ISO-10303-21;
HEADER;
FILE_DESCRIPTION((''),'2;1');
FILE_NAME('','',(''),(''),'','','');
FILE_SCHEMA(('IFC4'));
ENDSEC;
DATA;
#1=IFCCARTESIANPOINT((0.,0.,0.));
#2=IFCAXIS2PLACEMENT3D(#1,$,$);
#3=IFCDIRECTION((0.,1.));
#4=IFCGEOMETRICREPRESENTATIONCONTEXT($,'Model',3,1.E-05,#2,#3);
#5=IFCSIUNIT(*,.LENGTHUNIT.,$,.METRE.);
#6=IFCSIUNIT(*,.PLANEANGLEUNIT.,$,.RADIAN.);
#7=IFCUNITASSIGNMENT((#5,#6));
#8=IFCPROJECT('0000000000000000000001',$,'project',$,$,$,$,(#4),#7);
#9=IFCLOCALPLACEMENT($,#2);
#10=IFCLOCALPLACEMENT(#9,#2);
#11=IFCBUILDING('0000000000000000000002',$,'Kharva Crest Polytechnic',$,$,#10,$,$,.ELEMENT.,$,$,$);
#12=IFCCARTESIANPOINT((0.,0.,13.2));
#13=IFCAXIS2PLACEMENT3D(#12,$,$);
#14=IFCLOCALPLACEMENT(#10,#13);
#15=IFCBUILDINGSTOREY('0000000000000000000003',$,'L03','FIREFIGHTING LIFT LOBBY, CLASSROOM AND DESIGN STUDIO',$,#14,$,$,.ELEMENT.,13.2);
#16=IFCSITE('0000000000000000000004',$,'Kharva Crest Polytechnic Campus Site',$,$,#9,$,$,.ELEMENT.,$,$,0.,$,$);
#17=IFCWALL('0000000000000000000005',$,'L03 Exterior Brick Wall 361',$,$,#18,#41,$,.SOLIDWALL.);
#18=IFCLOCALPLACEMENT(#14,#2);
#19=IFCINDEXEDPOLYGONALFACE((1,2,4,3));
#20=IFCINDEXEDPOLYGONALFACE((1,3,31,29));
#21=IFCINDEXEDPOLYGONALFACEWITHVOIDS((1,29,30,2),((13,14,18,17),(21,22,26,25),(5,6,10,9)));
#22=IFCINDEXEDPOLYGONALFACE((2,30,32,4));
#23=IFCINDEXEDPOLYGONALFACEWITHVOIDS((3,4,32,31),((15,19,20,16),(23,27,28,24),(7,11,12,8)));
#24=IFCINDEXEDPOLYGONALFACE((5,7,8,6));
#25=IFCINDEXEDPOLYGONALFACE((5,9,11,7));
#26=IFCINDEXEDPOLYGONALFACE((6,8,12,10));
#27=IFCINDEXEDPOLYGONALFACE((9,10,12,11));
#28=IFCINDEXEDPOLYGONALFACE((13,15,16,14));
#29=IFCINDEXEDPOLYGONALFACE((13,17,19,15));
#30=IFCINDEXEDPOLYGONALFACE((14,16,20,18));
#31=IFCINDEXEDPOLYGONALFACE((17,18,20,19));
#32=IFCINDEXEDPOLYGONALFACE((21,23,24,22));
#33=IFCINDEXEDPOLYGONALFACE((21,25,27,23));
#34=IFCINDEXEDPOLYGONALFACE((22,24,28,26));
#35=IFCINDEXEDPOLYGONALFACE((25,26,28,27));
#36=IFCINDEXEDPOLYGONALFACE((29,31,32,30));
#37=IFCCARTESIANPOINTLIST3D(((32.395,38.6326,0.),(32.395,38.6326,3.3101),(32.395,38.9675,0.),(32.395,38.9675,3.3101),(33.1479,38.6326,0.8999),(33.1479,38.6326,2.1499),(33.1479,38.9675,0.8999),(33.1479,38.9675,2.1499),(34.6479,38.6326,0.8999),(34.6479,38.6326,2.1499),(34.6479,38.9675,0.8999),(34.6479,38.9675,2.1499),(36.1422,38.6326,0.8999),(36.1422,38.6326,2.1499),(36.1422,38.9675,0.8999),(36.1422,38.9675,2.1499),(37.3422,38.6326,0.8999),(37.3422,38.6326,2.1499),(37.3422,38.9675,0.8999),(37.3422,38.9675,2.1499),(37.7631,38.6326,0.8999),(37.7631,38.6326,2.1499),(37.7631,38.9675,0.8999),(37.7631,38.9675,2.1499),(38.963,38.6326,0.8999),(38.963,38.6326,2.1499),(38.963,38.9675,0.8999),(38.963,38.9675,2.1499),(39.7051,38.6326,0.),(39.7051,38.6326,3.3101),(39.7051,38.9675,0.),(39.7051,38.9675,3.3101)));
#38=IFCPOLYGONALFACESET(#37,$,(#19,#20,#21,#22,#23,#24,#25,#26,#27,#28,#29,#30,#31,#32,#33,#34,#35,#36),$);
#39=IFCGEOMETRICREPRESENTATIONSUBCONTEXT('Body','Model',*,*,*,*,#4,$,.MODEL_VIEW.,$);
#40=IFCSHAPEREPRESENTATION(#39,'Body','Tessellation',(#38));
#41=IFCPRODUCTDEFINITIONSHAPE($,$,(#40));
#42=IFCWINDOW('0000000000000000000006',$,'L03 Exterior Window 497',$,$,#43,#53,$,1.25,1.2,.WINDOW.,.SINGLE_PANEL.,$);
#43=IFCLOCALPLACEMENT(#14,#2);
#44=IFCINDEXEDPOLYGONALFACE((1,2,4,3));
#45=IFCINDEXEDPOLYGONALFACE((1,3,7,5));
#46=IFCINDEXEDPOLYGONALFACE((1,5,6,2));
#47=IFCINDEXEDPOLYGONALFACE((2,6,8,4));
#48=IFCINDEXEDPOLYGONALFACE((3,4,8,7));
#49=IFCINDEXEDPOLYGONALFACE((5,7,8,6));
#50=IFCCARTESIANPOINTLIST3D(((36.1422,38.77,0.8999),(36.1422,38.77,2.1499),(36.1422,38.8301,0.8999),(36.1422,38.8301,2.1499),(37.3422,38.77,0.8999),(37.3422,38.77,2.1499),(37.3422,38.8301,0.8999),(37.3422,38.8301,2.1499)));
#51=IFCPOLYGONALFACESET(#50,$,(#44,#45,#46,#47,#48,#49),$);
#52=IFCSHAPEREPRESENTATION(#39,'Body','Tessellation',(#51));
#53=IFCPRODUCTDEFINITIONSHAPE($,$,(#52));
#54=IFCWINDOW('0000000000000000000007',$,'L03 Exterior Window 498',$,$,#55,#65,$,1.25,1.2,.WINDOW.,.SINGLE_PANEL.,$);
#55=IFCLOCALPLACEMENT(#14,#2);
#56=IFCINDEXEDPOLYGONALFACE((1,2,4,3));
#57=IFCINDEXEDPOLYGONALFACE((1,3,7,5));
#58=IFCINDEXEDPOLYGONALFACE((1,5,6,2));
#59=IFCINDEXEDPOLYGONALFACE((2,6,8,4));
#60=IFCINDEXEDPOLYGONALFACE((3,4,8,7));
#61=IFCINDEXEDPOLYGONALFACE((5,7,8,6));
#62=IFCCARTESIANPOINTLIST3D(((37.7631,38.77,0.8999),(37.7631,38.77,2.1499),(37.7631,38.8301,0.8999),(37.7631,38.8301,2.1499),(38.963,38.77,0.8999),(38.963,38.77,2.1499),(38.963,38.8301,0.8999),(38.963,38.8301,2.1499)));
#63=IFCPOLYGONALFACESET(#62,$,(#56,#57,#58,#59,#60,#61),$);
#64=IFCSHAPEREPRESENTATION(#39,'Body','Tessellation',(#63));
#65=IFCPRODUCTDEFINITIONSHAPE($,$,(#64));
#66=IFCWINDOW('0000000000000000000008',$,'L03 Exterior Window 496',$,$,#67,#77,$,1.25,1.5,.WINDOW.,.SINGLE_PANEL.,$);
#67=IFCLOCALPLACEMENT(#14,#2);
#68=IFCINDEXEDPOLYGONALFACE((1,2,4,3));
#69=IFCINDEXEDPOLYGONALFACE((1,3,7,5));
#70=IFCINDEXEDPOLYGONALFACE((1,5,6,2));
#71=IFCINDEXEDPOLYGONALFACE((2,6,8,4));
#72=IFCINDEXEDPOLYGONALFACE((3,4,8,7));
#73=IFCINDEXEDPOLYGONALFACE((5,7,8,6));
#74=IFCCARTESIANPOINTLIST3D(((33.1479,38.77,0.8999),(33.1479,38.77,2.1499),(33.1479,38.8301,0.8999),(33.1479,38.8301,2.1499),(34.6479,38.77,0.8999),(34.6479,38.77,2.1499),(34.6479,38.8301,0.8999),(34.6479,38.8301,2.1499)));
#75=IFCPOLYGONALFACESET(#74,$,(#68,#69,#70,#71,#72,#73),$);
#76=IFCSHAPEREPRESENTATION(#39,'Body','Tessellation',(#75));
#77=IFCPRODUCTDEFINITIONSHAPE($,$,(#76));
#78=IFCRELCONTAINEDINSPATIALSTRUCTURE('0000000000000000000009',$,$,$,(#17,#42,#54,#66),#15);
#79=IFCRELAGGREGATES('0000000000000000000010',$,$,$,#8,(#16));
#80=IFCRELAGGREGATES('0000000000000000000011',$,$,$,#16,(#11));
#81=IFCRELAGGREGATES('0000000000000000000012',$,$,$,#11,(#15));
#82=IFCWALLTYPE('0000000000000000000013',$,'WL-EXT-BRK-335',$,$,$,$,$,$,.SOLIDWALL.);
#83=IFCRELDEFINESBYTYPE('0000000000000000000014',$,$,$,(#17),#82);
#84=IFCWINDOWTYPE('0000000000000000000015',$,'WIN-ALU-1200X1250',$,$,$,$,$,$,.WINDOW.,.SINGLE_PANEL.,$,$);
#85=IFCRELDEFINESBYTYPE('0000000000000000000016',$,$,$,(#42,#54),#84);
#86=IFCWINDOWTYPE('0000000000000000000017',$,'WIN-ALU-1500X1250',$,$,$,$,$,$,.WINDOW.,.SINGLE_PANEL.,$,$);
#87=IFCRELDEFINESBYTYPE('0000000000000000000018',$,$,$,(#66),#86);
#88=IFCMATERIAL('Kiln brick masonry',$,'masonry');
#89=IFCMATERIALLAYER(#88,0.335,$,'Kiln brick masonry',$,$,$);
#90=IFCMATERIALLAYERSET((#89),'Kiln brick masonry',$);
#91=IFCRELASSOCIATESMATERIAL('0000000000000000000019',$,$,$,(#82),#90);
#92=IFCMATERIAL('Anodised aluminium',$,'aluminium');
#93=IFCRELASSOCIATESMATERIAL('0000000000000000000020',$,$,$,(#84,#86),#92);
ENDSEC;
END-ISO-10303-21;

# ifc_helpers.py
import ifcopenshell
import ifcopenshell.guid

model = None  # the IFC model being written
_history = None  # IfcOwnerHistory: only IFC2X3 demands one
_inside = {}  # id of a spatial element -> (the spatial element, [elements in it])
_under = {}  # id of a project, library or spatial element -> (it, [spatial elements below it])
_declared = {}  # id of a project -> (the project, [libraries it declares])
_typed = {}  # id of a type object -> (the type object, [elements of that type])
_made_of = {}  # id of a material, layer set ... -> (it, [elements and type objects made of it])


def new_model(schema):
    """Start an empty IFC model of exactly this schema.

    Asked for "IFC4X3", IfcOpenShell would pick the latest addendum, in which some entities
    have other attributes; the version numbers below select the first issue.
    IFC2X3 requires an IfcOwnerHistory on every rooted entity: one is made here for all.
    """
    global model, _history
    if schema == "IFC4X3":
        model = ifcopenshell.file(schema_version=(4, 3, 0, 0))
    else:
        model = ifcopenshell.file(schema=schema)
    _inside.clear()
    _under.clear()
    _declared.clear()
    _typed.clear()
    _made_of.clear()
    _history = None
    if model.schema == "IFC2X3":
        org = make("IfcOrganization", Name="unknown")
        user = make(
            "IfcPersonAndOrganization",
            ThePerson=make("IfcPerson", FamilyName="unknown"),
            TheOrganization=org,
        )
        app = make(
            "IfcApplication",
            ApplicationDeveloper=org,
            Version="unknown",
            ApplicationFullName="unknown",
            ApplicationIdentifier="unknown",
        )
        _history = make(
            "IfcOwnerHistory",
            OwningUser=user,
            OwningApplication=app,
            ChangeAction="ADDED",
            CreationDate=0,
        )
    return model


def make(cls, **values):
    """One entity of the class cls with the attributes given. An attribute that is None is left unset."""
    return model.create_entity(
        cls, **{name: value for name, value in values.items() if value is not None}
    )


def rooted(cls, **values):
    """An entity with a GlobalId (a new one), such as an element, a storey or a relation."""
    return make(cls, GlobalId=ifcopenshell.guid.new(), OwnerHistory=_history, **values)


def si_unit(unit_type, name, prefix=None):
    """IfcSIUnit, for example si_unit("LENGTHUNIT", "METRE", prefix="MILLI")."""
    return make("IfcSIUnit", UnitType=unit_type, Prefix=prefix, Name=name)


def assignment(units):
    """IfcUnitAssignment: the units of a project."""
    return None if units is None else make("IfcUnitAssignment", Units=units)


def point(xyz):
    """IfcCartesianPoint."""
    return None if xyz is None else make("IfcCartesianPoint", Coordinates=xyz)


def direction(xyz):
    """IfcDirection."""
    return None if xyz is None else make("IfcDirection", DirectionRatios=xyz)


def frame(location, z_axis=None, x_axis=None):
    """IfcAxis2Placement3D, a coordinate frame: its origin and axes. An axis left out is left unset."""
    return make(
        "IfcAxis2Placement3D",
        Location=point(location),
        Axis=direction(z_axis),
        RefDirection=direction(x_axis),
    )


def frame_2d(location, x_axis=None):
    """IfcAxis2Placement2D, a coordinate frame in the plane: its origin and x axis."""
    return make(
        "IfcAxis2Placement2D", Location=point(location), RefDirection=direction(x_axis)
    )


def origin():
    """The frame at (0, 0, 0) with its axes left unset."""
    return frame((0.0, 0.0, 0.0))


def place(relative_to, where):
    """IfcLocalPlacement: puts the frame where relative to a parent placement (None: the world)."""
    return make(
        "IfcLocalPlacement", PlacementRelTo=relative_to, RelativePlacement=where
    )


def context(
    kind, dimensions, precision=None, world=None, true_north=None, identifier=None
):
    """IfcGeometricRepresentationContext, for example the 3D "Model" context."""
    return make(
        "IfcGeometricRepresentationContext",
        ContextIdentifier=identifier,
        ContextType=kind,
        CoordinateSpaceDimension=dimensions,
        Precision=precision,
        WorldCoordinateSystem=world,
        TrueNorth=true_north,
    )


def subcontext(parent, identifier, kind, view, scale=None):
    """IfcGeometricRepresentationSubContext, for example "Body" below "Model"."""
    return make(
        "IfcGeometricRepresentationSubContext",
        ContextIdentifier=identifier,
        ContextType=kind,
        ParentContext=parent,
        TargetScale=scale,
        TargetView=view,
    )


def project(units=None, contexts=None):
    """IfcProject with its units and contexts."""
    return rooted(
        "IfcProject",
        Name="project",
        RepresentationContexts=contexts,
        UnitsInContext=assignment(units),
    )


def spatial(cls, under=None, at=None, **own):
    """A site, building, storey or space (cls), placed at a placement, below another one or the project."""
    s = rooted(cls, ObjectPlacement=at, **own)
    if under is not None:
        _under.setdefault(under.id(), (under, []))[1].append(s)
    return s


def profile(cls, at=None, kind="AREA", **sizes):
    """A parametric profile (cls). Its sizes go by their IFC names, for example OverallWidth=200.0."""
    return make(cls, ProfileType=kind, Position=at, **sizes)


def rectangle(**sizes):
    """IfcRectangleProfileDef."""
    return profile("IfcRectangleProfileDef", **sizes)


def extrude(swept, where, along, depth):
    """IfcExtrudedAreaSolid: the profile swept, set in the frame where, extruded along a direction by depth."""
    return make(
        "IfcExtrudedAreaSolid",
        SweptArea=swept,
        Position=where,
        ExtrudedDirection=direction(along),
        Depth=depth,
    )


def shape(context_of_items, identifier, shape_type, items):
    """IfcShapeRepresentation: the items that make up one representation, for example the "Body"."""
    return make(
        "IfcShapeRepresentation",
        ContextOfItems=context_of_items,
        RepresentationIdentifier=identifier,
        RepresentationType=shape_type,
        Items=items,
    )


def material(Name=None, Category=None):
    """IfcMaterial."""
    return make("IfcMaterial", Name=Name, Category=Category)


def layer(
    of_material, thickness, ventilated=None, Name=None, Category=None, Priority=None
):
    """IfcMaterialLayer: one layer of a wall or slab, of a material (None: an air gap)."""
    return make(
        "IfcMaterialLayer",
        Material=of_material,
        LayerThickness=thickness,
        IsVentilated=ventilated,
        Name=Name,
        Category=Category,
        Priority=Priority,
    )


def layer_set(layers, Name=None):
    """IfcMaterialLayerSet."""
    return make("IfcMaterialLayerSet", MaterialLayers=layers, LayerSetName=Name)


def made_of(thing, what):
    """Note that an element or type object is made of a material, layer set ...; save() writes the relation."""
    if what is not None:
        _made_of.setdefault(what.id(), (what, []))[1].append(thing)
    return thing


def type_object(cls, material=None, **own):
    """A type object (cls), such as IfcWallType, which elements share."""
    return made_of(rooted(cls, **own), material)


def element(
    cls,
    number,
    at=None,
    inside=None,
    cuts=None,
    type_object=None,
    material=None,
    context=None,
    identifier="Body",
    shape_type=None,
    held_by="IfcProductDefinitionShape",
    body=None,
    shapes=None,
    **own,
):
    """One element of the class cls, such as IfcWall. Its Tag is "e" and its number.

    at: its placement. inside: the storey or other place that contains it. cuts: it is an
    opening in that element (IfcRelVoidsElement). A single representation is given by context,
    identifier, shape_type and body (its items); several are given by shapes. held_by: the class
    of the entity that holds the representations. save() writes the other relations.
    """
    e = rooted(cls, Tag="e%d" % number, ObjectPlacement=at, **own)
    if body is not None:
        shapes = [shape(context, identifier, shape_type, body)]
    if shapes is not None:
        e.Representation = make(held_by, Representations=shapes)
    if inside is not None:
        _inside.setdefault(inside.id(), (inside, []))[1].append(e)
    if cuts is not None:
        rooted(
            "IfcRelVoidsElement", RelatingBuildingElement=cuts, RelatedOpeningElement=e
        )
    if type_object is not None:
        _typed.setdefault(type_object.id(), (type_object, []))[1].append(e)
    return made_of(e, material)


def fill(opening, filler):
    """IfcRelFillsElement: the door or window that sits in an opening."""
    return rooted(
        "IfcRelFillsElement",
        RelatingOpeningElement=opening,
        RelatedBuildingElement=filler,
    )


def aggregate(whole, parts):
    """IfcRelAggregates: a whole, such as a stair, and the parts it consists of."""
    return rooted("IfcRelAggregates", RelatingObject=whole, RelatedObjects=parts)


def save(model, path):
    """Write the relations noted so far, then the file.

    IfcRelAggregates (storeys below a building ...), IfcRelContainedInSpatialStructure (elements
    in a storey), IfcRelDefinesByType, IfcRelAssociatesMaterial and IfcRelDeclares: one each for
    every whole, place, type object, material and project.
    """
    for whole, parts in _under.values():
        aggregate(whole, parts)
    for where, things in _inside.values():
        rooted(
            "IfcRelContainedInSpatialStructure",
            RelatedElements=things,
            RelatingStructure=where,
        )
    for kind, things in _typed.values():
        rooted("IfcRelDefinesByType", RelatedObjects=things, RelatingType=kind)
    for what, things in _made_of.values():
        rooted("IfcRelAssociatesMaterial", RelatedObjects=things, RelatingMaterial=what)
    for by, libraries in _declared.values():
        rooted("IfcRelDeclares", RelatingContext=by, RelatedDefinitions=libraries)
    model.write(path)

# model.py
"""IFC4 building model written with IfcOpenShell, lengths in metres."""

from ifc_helpers import new_model, si_unit, direction, frame, frame_2d, origin, place, context, subcontext, project, spatial, rectangle, extrude, material, layer, layer_set, type_object, element, fill, save


model = new_model("IFC4")

# Units and contexts
model_context = context("Model", 3, precision=1e-05, world=origin(), true_north=direction((0.0, 1.0)))
body_context = subcontext(model_context, "Body", "Model", "MODEL_VIEW")
ifc_project = project(units=[si_unit("LENGTHUNIT", "METRE"), si_unit("PLANEANGLEUNIT", "RADIAN")], contexts=[model_context])

# Site, building, storey
site_placement = place(None, origin())
site = spatial("IfcSite", under=ifc_project, at=site_placement, Name="Kharva Crest Polytechnic Campus Site", CompositionType="ELEMENT", RefElevation=0.0)
building_placement = place(site_placement, origin())
building = spatial("IfcBuilding", under=site, at=building_placement, Name="Kharva Crest Polytechnic", CompositionType="ELEMENT")
storey_placement = place(building_placement, frame((0.0, 0.0, 13.2)))
storey = spatial("IfcBuildingStorey", under=building, at=storey_placement, Name="L03", Description="FIREFIGHTING LIFT LOBBY, CLASSROOM AND DESIGN STUDIO", CompositionType="ELEMENT", Elevation=13.2)

# Wall, openings, windows
ifc_material_1 = material(Name="Kiln brick masonry", Category="masonry")
ifc_layer_1 = layer(ifc_material_1, 0.335, Name="Kiln brick masonry")
ifc_layer_set_1 = layer_set([ifc_layer_1], Name="Kiln brick masonry")
wall_type = type_object("IfcWallType", Name="WL-EXT-BRK-335", PredefinedType="SOLIDWALL", material=ifc_layer_set_1)
wall_placement = place(storey_placement, frame((32.395, 38.8, 0.0), z_axis=(0.0, 0.0, 1.0), x_axis=(1.0, 0.0, 0.0)))
wall = element("IfcWall", 1, at=wall_placement, inside=storey, type_object=wall_type, Name="L03 Exterior Brick Wall 361", PredefinedType="SOLIDWALL", context=body_context, shape_type="SweptSolid", body=[
    extrude(rectangle(XDim=7.3101, YDim=0.335, at=frame_2d((3.655, 0.0))), origin(), (0.0, 0.0, 1.0), 3.3101),
])
opening_1_placement = place(wall_placement, frame((0.7529, 0.0, 0.8999)))
opening_1 = element("IfcOpeningElement", 2, at=opening_1_placement, cuts=wall, PredefinedType="OPENING", context=body_context, shape_type="SweptSolid", body=[
    extrude(rectangle(XDim=1.5, YDim=1.25, at=frame_2d((0.75, 0.625))), frame((0.0, 0.1775, 0.0), z_axis=(0.0, -1.0, 0.0), x_axis=(1.0, 0.0, 0.0)), (0.0, 0.0, 1.0), 0.355),
])
opening_2_placement = place(wall_placement, frame((3.7471, 0.0, 0.8999)))
opening_2 = element("IfcOpeningElement", 3, at=opening_2_placement, cuts=wall, PredefinedType="OPENING", context=body_context, shape_type="SweptSolid", body=[
    extrude(rectangle(XDim=1.2, YDim=1.25, at=frame_2d((0.6001, 0.625))), frame((0.0, 0.1775, 0.0), z_axis=(0.0, -1.0, 0.0), x_axis=(1.0, 0.0, 0.0)), (0.0, 0.0, 1.0), 0.355),
])
opening_3_placement = place(wall_placement, frame((5.3679, 0.0, 0.8999)))
opening_3 = element("IfcOpeningElement", 4, at=opening_3_placement, cuts=wall, PredefinedType="OPENING", context=body_context, shape_type="SweptSolid", body=[
    extrude(rectangle(XDim=1.2, YDim=1.25, at=frame_2d((0.6001, 0.625))), frame((0.0, 0.1775, 0.0), z_axis=(0.0, -1.0, 0.0), x_axis=(1.0, 0.0, 0.0)), (0.0, 0.0, 1.0), 0.355),
])
ifc_material_2 = material(Name="Anodised aluminium", Category="aluminium")
window_type_1 = type_object("IfcWindowType", Name="WIN-ALU-1200X1250", PartitioningType="SINGLE_PANEL", PredefinedType="WINDOW", material=ifc_material_2)
window_1_placement = place(opening_2_placement, origin())
window_1 = element("IfcWindow", 5, at=window_1_placement, inside=storey, type_object=window_type_1, Name="L03 Exterior Window 497", OverallHeight=1.25, OverallWidth=1.2, PartitioningType="SINGLE_PANEL", PredefinedType="WINDOW", context=body_context, shape_type="SweptSolid", body=[
    extrude(rectangle(XDim=1.2, YDim=1.25, at=frame_2d((0.6001, 0.625))), frame((0.0, 0.03, 0.0), z_axis=(0.0, -1.0, 0.0), x_axis=(1.0, 0.0, 0.0)), (0.0, 0.0, 1.0), 0.0601),
])
fill(opening_2, window_1)
window_2_placement = place(opening_3_placement, origin())
window_2 = element("IfcWindow", 6, at=window_2_placement, inside=storey, type_object=window_type_1, Name="L03 Exterior Window 498", OverallHeight=1.25, OverallWidth=1.2, PartitioningType="SINGLE_PANEL", PredefinedType="WINDOW", context=body_context, shape_type="SweptSolid", body=[
    extrude(rectangle(XDim=1.2, YDim=1.25, at=frame_2d((0.6001, 0.625))), frame((0.0, 0.03, 0.0), z_axis=(0.0, -1.0, 0.0), x_axis=(1.0, 0.0, 0.0)), (0.0, 0.0, 1.0), 0.0601),
])
fill(opening_3, window_2)
window_type_2 = type_object("IfcWindowType", Name="WIN-ALU-1500X1250", PartitioningType="SINGLE_PANEL", PredefinedType="WINDOW", material=ifc_material_2)
window_3_placement = place(opening_1_placement, origin())
window_3 = element("IfcWindow", 7, at=window_3_placement, inside=storey, type_object=window_type_2, Name="L03 Exterior Window 496", OverallHeight=1.25, OverallWidth=1.5, PartitioningType="SINGLE_PANEL", PredefinedType="WINDOW", context=body_context, shape_type="SweptSolid", body=[
    extrude(rectangle(XDim=1.5, YDim=1.25, at=frame_2d((0.75, 0.625))), frame((0.0, 0.03, 0.0), z_axis=(0.0, -1.0, 0.0), x_axis=(1.0, 0.0, 0.0)), (0.0, 0.0, 1.0), 0.0601),
])
fill(opening_1, window_3)

save(model, "model.ifc")
